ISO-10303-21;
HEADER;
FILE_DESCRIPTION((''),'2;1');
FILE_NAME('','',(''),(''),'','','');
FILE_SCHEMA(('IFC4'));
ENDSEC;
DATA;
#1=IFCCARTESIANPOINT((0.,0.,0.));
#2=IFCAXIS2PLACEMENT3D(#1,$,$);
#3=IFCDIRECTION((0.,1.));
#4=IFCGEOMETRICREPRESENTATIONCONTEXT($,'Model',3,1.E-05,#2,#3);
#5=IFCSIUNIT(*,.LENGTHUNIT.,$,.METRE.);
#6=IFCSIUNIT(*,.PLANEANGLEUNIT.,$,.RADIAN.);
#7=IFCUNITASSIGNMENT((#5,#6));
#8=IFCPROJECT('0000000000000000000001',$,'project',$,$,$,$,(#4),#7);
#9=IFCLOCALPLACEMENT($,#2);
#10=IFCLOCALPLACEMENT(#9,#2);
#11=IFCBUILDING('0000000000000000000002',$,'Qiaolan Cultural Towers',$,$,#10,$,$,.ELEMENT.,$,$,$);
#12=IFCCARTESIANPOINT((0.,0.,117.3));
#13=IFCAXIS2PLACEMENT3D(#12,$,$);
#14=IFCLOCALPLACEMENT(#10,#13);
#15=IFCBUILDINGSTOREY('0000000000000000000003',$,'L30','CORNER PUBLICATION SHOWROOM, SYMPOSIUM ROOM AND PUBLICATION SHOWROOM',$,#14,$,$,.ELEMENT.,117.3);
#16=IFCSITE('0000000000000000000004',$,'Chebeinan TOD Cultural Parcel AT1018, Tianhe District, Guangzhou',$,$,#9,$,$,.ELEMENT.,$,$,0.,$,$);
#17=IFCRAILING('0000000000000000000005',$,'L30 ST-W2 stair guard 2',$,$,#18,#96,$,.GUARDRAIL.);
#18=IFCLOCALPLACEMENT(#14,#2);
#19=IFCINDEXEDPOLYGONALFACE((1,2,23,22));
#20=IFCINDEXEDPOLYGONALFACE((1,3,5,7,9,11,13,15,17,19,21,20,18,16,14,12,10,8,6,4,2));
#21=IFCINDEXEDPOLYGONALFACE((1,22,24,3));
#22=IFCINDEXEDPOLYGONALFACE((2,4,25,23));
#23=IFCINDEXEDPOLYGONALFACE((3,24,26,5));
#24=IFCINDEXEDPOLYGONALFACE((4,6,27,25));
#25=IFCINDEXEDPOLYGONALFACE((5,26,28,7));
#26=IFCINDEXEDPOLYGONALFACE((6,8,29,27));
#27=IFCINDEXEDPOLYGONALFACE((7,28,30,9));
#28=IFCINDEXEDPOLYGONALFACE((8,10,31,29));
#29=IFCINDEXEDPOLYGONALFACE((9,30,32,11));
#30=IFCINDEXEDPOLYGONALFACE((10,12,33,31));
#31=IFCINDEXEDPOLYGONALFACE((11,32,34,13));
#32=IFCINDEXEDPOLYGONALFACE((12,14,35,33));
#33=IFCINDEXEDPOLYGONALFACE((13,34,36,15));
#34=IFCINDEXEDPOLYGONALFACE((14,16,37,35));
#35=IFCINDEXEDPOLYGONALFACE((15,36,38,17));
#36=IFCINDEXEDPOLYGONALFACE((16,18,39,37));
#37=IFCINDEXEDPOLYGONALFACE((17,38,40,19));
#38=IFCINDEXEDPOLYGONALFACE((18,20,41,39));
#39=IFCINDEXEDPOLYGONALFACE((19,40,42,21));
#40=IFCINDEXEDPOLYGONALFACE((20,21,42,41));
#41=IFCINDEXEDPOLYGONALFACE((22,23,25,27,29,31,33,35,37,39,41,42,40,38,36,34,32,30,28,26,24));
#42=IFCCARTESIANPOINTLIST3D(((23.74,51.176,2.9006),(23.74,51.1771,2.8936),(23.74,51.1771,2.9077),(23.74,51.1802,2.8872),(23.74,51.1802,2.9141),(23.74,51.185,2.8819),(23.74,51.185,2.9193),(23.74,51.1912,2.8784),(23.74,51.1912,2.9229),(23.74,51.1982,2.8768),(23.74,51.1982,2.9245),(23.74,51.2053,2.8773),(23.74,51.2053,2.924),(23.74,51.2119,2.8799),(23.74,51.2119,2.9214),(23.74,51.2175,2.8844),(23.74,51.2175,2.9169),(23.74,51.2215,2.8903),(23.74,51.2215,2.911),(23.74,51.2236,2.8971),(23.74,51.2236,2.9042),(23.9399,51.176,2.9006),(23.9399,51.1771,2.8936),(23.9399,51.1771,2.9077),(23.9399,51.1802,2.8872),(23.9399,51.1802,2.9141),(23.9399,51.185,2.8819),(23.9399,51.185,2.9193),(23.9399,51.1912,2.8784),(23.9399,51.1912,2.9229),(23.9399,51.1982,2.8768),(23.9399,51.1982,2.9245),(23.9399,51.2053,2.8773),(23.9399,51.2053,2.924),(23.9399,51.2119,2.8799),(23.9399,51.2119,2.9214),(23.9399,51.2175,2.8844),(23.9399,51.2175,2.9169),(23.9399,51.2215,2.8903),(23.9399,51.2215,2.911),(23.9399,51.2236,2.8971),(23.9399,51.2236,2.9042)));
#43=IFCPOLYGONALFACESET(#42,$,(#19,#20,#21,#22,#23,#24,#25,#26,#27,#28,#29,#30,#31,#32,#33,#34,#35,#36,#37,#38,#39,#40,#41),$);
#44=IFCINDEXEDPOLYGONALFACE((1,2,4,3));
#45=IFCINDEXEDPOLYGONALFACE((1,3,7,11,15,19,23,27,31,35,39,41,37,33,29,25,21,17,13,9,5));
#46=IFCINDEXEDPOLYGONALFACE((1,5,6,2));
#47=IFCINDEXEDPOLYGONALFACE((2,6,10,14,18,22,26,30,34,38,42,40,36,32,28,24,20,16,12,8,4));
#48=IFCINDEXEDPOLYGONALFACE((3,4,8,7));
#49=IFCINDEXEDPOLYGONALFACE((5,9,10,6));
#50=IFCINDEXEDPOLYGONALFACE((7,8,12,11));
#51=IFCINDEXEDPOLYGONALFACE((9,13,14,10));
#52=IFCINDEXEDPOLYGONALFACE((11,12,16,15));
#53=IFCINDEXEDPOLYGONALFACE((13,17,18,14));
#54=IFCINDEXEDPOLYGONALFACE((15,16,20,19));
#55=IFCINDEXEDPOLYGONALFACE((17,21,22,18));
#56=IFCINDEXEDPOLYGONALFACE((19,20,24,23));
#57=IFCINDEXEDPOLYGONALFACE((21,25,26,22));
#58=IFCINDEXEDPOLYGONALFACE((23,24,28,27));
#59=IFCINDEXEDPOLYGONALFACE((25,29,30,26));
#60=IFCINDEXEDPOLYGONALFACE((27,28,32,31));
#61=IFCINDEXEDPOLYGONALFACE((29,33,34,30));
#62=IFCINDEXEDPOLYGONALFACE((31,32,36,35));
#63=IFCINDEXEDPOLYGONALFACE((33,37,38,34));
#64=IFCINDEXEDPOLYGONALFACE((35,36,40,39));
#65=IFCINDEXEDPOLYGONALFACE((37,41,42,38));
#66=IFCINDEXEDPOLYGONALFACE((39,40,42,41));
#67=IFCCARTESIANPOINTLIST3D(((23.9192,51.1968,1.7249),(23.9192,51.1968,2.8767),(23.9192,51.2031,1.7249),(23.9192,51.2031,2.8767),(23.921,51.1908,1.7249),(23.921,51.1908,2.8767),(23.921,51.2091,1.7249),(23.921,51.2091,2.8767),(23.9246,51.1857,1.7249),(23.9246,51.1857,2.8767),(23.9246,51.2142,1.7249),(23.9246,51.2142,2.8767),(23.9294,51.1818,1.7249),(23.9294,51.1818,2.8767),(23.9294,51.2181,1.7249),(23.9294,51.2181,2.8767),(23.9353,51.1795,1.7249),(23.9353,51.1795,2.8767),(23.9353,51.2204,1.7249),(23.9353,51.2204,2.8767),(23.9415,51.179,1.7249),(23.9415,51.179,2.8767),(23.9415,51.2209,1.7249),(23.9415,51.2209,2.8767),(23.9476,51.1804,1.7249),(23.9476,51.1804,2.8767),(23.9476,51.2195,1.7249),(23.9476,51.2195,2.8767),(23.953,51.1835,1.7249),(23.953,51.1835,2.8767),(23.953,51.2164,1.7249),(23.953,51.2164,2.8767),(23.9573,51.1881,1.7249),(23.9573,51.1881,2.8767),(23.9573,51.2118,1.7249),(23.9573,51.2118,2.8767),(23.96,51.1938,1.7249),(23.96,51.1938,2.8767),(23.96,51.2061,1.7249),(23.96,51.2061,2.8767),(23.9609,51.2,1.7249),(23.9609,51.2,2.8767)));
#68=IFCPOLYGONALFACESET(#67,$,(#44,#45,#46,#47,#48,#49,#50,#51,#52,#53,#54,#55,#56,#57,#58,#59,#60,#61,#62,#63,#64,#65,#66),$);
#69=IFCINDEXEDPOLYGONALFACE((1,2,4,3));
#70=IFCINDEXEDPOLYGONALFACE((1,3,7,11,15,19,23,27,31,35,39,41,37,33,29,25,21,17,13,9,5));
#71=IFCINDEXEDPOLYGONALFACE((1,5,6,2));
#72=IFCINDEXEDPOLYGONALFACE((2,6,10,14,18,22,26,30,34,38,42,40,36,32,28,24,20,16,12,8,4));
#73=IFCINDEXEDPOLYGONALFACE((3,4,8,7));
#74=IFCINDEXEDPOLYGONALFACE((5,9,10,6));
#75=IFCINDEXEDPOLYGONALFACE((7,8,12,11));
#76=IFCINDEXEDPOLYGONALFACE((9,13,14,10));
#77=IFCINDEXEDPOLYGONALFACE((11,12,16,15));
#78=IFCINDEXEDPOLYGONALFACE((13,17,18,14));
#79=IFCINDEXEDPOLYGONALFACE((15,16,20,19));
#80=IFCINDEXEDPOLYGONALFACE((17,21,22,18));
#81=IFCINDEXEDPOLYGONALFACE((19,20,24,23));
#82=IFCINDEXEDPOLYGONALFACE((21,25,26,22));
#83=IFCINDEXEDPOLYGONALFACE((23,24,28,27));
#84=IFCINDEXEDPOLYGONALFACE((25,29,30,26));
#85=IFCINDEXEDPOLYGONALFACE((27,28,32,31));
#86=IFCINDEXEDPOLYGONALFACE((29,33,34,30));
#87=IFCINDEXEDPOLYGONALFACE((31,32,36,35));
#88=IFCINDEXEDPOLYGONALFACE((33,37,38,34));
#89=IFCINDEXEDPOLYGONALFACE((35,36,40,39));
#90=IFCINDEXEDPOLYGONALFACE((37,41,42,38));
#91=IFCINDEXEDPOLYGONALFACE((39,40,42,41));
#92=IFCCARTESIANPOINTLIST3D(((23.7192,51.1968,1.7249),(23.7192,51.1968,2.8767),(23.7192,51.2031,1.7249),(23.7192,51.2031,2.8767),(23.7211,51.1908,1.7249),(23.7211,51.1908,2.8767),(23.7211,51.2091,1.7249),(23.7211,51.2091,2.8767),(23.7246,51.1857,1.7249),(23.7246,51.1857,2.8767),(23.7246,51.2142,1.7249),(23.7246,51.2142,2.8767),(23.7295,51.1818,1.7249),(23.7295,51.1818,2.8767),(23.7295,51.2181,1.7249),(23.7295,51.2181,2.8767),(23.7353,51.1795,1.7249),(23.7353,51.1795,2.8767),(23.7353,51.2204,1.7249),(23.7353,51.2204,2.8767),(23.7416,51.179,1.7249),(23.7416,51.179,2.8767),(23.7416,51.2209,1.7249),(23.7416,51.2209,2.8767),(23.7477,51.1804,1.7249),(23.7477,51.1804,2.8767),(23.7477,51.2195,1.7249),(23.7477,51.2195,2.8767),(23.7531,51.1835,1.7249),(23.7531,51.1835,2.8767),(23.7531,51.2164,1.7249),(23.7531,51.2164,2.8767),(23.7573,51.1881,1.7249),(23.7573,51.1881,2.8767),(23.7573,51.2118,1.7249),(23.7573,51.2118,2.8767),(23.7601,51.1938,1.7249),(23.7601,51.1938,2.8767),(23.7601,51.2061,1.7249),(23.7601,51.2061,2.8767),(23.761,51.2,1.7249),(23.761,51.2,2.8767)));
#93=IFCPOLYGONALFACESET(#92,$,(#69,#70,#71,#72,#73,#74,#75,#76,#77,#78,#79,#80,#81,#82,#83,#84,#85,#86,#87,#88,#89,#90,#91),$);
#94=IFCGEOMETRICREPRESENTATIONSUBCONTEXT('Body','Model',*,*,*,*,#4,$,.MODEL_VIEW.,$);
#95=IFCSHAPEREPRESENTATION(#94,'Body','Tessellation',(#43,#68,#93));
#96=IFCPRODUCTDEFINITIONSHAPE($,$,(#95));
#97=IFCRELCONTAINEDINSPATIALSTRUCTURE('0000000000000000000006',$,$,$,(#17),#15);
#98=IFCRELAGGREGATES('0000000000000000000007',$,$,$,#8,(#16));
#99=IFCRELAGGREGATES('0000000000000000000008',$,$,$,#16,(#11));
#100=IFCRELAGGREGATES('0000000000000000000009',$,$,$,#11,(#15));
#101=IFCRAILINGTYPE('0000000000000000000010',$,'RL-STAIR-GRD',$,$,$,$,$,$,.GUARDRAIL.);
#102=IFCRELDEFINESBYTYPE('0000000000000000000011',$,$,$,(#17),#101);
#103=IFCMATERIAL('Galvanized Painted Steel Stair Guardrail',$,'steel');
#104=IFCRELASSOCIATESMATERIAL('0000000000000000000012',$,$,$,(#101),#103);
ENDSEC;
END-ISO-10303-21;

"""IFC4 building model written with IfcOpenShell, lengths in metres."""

from ifc_helpers import new_model, si_unit, direction, frame, origin, origin_2d, place, context, subcontext, project, spatial, circle, extrude, material, type_object, element, save


model = new_model("IFC4")

# Units and contexts
model_context = context("Model", 3, precision=1e-05, world=origin(), true_north=direction((0.0, 1.0)))
body_context = subcontext(model_context, "Body", "Model", "MODEL_VIEW")
ifc_project = project(units=[si_unit("LENGTHUNIT", "METRE"), si_unit("PLANEANGLEUNIT", "RADIAN")], contexts=[model_context])

# Site, building, storey
site_placement = place(None, origin())
site = spatial("IfcSite", under=ifc_project, at=site_placement, Name="Chebeinan TOD Cultural Parcel AT1018, Tianhe District, Guangzhou", CompositionType="ELEMENT", RefElevation=0.0)
building_placement = place(site_placement, origin())
building = spatial("IfcBuilding", under=site, at=building_placement, Name="Qiaolan Cultural Towers", CompositionType="ELEMENT")
storey_placement = place(building_placement, frame((0.0, 0.0, 117.3)))
storey = spatial("IfcBuildingStorey", under=building, at=storey_placement, Name="L30", Description="CORNER PUBLICATION SHOWROOM, SYMPOSIUM ROOM AND PUBLICATION SHOWROOM", CompositionType="ELEMENT", Elevation=117.3)

# Railing
ifc_material_1 = material(Name="Galvanized Painted Steel Stair Guardrail", Category="steel")
railing_type_1 = type_object("IfcRailingType", Name="RL-STAIR-GRD", PredefinedType="GUARDRAIL", material=ifc_material_1)
railing_1_placement = place(storey_placement, frame((23.9399, 51.2, 1.7249)))
element("IfcRailing", 1, at=railing_1_placement, inside=storey, type_object=railing_type_1, Name="L30 ST-W2 stair guard 2", PredefinedType="GUARDRAIL", context=body_context, shape_type="SweptSolid", body=[
    extrude(circle(Radius=0.0239, at=origin_2d()), frame((0.0, 0.0, 1.1758), z_axis=(-1.0, 0.0, 0.0), x_axis=(0.0, -1.0, 0.0)), (0.0, 0.0, 1.0), 0.2),
    extrude(circle(Radius=0.021, at=origin_2d()), origin(), (0.0, 0.0, 1.0), 1.1519),
    extrude(circle(Radius=0.021, at=origin_2d()), frame((-0.2, 0.0, 0.0)), (0.0, 0.0, 1.0), 1.1519),
])

save(model, "model.ifc")
